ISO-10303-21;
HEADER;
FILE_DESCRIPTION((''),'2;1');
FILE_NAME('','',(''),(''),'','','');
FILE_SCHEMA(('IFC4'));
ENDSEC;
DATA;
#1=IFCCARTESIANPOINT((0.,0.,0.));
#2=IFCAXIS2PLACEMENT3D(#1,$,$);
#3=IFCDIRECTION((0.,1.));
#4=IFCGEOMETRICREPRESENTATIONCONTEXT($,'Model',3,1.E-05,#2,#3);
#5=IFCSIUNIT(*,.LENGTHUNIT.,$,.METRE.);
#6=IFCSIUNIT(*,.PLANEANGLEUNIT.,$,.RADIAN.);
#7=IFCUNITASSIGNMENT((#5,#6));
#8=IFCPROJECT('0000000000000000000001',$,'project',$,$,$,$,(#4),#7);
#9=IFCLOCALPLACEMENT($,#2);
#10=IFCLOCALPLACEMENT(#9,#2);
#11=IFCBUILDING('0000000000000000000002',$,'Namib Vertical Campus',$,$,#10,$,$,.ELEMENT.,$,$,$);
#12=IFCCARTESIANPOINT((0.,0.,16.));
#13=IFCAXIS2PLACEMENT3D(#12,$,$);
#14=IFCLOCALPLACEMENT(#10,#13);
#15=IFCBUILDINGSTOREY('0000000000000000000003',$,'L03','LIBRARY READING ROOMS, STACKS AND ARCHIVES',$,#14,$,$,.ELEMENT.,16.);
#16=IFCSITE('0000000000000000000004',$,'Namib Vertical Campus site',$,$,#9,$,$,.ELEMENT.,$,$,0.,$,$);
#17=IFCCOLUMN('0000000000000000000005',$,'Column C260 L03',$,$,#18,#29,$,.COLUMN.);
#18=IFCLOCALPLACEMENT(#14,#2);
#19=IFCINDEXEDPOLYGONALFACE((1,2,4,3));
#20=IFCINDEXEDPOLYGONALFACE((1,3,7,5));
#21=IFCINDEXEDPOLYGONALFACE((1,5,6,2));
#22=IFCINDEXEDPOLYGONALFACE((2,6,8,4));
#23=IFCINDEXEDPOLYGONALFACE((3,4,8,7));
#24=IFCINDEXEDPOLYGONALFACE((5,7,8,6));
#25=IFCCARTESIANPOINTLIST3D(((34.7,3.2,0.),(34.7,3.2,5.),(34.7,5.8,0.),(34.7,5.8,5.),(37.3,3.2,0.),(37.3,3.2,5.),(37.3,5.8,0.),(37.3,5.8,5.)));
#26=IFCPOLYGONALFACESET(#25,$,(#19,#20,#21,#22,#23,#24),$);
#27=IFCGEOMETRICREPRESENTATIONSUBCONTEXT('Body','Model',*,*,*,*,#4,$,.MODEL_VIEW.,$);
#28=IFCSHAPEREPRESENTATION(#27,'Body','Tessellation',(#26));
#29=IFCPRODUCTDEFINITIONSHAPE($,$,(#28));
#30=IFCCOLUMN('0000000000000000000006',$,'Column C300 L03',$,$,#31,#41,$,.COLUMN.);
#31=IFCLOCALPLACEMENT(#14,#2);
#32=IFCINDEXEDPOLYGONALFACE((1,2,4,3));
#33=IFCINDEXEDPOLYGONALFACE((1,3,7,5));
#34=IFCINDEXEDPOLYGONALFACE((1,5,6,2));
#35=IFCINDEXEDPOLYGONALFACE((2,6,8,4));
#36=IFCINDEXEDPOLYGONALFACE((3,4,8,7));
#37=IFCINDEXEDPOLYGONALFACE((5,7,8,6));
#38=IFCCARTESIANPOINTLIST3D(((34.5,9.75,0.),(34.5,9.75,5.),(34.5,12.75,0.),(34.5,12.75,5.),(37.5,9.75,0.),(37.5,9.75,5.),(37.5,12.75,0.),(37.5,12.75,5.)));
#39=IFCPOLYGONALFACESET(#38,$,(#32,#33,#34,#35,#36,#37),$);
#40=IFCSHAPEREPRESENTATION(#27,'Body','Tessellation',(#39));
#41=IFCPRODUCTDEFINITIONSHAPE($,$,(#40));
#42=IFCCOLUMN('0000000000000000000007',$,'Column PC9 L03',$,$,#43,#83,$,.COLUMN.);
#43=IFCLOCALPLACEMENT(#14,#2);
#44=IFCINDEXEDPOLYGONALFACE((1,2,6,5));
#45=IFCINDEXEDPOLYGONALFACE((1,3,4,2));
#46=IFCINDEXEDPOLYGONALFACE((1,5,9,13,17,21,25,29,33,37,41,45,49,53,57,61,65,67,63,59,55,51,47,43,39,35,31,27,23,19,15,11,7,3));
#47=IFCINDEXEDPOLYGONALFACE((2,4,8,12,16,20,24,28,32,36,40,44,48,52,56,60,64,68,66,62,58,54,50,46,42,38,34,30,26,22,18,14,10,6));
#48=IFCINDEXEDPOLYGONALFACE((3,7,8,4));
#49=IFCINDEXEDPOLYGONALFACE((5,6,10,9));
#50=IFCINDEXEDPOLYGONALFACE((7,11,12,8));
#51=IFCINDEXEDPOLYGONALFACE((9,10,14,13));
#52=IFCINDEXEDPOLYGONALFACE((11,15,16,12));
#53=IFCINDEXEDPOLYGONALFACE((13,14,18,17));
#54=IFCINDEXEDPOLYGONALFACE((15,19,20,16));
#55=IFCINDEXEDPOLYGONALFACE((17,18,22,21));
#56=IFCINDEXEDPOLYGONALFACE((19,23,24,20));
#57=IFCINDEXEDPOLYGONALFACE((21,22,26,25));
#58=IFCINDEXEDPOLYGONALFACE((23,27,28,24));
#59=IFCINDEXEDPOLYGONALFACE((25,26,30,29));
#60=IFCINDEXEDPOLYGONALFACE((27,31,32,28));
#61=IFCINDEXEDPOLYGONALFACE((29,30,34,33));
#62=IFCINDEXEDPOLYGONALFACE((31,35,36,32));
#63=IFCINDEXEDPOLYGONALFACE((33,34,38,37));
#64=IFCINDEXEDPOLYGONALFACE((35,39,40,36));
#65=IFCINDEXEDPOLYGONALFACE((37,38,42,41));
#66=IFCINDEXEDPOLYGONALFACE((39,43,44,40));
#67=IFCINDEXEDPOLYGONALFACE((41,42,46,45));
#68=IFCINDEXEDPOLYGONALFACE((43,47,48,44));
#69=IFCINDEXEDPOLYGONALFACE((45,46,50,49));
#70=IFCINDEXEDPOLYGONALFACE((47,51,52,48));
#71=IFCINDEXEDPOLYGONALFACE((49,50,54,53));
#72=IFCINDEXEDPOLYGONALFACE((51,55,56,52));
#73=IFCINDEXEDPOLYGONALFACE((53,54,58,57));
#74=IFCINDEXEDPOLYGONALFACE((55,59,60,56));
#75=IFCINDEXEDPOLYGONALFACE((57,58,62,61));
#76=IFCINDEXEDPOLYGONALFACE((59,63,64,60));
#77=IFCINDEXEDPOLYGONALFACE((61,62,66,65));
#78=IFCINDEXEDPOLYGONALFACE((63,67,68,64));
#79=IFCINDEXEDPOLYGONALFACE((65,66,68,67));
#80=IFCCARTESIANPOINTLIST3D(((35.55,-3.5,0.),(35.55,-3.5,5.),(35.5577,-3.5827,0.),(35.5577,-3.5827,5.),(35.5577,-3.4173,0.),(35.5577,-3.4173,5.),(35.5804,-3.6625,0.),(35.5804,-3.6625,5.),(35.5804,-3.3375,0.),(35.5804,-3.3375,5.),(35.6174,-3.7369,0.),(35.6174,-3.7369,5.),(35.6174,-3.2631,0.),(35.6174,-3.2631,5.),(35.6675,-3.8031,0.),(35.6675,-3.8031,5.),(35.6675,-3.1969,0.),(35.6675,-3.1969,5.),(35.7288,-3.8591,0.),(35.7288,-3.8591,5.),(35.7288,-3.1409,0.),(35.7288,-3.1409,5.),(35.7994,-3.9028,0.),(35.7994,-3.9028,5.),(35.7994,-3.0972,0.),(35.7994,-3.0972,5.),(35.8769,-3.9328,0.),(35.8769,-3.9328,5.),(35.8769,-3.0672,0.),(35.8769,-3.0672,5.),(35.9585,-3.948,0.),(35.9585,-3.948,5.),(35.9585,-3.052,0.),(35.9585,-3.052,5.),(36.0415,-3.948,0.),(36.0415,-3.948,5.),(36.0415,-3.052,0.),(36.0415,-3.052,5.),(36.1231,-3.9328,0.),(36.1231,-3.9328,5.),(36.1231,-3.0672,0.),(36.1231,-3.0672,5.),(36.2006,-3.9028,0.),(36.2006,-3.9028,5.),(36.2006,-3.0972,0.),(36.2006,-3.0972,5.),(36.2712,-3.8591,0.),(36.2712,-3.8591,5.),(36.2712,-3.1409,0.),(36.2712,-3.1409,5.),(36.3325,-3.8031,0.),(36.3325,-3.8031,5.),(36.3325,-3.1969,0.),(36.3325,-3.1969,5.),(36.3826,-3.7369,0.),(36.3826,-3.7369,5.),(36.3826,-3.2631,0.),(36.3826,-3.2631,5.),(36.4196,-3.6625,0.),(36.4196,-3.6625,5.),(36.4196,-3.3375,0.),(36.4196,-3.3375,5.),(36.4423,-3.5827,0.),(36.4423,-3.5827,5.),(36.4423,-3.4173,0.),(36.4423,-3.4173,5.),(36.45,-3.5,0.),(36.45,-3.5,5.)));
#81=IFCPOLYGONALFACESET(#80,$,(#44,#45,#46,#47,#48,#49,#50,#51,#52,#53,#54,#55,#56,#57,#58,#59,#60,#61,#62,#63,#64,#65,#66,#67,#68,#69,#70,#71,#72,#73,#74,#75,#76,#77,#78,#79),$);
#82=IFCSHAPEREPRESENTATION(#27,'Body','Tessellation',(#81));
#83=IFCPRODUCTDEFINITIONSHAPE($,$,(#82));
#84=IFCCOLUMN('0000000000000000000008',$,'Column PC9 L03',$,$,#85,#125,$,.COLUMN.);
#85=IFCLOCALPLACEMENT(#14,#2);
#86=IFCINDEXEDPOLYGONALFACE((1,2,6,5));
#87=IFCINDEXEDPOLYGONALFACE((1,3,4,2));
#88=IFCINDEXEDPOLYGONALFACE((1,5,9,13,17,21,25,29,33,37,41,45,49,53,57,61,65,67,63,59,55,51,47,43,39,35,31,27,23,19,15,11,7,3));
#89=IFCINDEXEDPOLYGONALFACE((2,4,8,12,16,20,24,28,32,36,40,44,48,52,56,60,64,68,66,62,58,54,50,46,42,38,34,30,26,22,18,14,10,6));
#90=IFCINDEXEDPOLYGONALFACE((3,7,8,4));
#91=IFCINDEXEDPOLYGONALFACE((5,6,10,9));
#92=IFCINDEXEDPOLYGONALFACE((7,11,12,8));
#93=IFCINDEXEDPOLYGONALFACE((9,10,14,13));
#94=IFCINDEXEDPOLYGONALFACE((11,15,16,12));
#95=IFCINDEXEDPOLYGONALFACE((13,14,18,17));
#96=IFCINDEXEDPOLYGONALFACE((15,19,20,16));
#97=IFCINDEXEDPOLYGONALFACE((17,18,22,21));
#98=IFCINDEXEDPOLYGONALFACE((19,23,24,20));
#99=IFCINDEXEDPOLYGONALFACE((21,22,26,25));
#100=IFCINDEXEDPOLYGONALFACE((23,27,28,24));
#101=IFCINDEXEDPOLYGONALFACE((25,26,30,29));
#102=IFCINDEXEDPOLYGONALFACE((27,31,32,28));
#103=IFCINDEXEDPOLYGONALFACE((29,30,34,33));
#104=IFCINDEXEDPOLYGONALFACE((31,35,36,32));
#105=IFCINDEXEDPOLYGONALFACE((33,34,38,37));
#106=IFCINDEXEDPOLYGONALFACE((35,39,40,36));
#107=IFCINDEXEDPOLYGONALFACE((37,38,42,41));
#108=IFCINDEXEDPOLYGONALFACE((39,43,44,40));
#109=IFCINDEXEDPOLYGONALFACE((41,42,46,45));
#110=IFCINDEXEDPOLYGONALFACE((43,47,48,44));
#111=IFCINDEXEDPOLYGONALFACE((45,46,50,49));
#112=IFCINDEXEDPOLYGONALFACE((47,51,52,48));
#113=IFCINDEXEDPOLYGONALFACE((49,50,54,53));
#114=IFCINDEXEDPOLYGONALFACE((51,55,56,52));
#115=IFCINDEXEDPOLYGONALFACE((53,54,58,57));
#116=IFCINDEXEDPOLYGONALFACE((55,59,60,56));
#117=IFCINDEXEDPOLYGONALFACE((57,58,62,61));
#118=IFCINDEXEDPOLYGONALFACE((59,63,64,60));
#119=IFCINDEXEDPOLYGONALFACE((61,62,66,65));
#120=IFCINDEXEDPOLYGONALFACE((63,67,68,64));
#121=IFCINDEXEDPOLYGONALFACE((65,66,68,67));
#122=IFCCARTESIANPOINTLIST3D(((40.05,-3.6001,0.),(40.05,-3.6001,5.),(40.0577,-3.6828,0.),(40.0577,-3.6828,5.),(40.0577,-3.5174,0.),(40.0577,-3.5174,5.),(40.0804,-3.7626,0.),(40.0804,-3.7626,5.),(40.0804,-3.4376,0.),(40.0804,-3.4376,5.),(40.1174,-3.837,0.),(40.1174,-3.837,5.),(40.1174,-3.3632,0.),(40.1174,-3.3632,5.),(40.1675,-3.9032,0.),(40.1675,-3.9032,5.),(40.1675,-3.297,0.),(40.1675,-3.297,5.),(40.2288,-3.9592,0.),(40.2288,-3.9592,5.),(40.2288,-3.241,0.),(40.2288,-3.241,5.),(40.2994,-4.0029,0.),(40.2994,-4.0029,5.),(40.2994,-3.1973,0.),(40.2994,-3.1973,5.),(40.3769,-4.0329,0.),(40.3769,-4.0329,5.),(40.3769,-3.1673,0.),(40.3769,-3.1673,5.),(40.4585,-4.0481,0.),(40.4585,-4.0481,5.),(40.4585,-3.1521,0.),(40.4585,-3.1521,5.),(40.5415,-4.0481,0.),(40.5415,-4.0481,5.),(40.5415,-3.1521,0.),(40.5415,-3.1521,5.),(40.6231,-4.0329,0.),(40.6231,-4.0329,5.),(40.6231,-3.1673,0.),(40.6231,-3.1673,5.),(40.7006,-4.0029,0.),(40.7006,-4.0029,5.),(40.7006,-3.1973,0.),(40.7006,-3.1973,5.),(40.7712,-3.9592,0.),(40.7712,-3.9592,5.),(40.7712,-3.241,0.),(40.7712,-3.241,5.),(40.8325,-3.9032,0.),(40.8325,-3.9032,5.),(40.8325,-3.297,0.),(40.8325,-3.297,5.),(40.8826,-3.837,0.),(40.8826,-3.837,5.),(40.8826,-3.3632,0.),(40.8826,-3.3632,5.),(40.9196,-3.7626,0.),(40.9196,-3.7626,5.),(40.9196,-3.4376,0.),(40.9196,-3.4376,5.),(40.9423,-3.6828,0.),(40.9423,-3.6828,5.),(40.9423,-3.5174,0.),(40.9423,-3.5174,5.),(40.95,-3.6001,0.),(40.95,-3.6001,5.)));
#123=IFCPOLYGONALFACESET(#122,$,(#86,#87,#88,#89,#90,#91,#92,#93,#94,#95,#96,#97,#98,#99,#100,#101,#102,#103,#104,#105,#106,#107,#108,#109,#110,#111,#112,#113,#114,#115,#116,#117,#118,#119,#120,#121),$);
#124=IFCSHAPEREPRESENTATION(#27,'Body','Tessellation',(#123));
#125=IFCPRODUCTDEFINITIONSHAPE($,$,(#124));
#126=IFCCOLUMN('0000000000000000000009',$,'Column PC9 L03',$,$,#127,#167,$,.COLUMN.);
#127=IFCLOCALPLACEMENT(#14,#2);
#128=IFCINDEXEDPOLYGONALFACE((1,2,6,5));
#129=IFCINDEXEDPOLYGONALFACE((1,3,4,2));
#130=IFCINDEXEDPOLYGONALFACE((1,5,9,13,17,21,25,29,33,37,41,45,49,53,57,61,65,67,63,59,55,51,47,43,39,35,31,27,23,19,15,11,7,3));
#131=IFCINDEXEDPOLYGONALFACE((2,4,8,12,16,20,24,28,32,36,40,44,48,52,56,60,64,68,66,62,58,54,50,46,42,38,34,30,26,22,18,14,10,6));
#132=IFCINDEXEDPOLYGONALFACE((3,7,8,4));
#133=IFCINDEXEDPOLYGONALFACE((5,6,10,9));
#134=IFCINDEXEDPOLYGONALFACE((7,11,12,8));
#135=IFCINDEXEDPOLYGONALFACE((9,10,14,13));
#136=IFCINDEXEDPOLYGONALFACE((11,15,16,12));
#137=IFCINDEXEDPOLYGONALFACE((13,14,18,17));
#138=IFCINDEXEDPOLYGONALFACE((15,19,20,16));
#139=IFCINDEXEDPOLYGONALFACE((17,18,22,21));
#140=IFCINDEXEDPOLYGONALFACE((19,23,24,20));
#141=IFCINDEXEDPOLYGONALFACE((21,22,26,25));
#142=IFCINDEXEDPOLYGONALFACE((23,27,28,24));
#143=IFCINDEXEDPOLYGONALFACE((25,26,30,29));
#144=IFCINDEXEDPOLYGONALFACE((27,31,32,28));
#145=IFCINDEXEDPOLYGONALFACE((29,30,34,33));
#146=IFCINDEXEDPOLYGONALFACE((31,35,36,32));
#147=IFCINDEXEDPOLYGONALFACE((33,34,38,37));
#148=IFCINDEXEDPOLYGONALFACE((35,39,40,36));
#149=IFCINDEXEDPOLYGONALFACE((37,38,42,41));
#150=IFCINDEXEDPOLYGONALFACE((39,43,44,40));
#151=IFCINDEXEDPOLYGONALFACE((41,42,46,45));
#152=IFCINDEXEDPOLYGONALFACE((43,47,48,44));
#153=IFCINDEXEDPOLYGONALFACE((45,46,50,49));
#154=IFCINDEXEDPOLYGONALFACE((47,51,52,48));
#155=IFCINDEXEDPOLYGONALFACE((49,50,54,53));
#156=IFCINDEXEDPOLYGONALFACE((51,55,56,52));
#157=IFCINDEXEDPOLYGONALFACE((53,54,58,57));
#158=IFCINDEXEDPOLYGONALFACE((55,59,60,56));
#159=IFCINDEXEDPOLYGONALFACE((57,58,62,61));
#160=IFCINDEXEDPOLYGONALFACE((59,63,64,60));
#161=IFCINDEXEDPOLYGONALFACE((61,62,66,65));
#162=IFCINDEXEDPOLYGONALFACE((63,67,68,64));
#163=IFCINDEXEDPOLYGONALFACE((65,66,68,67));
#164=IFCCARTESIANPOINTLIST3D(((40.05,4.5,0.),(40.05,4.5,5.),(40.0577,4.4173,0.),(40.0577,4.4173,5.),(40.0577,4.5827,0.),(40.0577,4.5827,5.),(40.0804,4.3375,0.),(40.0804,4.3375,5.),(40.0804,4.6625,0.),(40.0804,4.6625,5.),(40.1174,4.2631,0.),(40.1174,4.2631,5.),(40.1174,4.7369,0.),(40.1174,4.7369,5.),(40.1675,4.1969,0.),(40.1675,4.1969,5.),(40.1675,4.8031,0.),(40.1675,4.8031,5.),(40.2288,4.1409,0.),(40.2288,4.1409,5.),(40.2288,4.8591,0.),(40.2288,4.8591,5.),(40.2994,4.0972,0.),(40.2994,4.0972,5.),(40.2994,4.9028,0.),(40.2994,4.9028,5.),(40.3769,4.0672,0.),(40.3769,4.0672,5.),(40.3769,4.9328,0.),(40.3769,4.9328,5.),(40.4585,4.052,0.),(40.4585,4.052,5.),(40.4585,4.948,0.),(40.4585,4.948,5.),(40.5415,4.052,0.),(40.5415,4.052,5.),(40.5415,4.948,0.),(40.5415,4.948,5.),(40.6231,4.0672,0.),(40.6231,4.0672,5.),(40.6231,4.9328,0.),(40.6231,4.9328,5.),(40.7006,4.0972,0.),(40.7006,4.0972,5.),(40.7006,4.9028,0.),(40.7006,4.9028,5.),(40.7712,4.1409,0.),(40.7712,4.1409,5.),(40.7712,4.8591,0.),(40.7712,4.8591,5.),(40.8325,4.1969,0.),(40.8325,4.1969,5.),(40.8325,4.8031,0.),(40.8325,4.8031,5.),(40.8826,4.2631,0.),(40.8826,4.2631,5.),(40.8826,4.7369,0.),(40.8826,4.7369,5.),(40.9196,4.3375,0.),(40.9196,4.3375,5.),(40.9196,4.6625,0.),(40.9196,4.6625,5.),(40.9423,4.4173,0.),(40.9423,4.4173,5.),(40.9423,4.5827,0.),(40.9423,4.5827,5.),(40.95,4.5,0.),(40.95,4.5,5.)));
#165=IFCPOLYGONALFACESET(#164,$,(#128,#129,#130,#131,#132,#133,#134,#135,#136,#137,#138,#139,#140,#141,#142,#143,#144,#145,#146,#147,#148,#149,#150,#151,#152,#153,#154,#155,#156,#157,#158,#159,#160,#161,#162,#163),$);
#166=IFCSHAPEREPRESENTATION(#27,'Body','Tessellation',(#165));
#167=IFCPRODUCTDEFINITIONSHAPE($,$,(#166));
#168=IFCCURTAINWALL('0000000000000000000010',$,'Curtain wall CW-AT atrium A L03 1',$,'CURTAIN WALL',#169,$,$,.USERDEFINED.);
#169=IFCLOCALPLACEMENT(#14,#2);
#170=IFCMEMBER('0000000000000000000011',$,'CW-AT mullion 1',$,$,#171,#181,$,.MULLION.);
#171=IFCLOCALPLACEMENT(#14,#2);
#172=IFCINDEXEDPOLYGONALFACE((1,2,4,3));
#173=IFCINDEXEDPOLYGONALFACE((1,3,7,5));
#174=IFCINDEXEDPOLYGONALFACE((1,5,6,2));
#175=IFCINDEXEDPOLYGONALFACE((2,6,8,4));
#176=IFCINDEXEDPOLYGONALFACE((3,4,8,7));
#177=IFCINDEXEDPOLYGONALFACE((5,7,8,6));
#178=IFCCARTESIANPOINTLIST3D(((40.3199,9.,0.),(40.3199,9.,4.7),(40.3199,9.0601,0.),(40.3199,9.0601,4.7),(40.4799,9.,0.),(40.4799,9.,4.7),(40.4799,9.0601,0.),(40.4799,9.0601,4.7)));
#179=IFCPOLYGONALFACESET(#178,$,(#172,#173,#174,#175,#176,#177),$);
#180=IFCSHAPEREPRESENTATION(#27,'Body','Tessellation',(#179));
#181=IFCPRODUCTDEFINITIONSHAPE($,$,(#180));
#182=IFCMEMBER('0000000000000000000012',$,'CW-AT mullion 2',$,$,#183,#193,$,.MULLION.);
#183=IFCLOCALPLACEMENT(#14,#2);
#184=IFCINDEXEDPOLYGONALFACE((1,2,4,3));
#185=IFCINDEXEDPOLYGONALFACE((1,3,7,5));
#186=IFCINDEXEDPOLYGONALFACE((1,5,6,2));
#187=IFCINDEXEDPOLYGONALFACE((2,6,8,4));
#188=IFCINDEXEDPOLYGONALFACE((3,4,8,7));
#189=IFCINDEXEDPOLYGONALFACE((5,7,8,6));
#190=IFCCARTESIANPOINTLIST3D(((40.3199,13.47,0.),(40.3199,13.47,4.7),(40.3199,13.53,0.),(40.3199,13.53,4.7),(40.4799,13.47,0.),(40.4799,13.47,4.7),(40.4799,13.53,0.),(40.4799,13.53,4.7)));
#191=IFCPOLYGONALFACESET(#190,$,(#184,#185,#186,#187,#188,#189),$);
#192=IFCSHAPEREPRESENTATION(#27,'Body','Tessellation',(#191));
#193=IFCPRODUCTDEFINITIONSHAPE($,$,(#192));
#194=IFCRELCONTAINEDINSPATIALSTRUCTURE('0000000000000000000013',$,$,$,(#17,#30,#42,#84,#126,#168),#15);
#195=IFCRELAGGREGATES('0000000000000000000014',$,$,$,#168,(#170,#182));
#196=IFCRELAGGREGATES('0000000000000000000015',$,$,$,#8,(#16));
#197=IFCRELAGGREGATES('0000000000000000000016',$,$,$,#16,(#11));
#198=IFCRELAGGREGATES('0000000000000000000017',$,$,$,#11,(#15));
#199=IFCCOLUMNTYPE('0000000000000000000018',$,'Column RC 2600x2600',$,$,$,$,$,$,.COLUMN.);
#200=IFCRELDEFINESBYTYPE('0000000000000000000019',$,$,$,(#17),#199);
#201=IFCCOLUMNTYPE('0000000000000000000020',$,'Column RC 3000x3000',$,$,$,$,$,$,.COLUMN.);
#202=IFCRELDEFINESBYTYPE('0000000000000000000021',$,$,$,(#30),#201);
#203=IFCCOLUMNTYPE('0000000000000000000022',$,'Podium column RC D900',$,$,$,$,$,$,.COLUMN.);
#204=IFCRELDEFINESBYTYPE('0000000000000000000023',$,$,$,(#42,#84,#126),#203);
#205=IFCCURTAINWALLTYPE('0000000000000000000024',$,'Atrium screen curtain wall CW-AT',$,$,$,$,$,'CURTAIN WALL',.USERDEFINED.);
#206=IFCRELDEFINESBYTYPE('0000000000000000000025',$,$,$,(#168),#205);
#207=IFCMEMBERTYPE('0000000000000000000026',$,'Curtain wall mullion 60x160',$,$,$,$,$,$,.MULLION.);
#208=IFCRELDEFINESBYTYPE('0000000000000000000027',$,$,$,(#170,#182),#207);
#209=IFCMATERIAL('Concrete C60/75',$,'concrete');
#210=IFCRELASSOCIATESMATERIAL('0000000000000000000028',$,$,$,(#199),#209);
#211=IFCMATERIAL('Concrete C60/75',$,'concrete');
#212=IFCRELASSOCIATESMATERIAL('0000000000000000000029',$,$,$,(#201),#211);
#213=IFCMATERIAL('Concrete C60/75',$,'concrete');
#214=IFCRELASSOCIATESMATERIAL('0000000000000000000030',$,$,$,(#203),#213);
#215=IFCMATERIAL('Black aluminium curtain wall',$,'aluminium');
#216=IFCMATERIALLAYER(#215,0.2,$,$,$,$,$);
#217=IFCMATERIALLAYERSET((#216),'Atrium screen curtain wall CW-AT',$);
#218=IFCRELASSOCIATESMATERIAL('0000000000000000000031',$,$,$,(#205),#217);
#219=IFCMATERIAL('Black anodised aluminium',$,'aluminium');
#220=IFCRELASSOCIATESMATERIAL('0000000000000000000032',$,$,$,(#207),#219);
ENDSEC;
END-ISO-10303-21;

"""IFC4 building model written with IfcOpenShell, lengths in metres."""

from ifc_helpers import new_model, si_unit, direction, frame, origin, origin_2d, place, context, subcontext, project, spatial, rectangle, circle, extrude, material, layer, layer_set, material_profile, profile_set, type_object, element, aggregate, save


model = new_model("IFC4")

# Units and contexts
model_context = context("Model", 3, precision=1e-05, world=origin(), true_north=direction((0.0, 1.0)))
body_context = subcontext(model_context, "Body", "Model", "MODEL_VIEW")
ifc_project = project(units=[si_unit("LENGTHUNIT", "METRE"), si_unit("PLANEANGLEUNIT", "RADIAN")], contexts=[model_context])

# Site, building, storey
site_placement = place(None, origin())
site = spatial("IfcSite", under=ifc_project, at=site_placement, Name="Namib Vertical Campus site", CompositionType="ELEMENT", RefElevation=0.0)
building_placement = place(site_placement, origin())
building = spatial("IfcBuilding", under=site, at=building_placement, Name="Namib Vertical Campus", CompositionType="ELEMENT")
storey_placement = place(building_placement, frame((0.0, 0.0, 16.0)))
storey = spatial("IfcBuildingStorey", under=building, at=storey_placement, Name="L03", Description="LIBRARY READING ROOMS, STACKS AND ARCHIVES", CompositionType="ELEMENT", Elevation=16.0)

# Columns
ifc_material_1 = material(Name="Concrete C60/75", Category="concrete")
ifc_material_profile_1 = material_profile(ifc_material_1, rectangle(XDim=2.6001, YDim=2.6001, at=origin_2d()))
ifc_profile_set_1 = profile_set([ifc_material_profile_1], Name="Concrete C60/75")
column_type_1 = type_object("IfcColumnType", Name="Column RC 2600x2600", PredefinedType="COLUMN", material=ifc_profile_set_1)
column_1_placement = place(storey_placement, frame((36.0, 4.5, 0.0), z_axis=(0.0, 0.0, 1.0), x_axis=(1.0, 0.0, 0.0)))
element("IfcColumn", 1, at=column_1_placement, inside=storey, type_object=column_type_1, Name="Column C260 L03", PredefinedType="COLUMN", context=body_context, shape_type="SweptSolid", body=[
    extrude(rectangle(XDim=2.6001, YDim=2.6001, at=origin_2d()), origin(), (0.0, 0.0, 1.0), 5.0),
])
ifc_material_2 = material(Name="Concrete C60/75", Category="concrete")
ifc_material_profile_2 = material_profile(ifc_material_2, rectangle(XDim=3.0, YDim=3.0, at=origin_2d()))
ifc_profile_set_2 = profile_set([ifc_material_profile_2], Name="Concrete C60/75")
column_type_2 = type_object("IfcColumnType", Name="Column RC 3000x3000", PredefinedType="COLUMN", material=ifc_profile_set_2)
column_2_placement = place(storey_placement, frame((36.0, 11.25, 0.0), z_axis=(0.0, 0.0, 1.0), x_axis=(1.0, 0.0, 0.0)))
element("IfcColumn", 2, at=column_2_placement, inside=storey, type_object=column_type_2, Name="Column C300 L03", PredefinedType="COLUMN", context=body_context, shape_type="SweptSolid", body=[
    extrude(rectangle(XDim=3.0, YDim=3.0, at=origin_2d()), origin(), (0.0, 0.0, 1.0), 5.0),
])
ifc_material_3 = material(Name="Concrete C60/75", Category="concrete")
ifc_material_profile_3 = material_profile(ifc_material_3, circle(Radius=0.45, at=origin_2d()))
ifc_profile_set_3 = profile_set([ifc_material_profile_3], Name="Concrete C60/75")
column_type_3 = type_object("IfcColumnType", Name="Podium column RC D900", PredefinedType="COLUMN", material=ifc_profile_set_3)
for number, where, z_axis, x_axis, name in (
    (3, (36.0, -3.5, 0.0), (0.0, 0.0, 1.0), (1.0, 0.0, 0.0), "Column PC9 L03"),
    (4, (40.5, -3.6001, 0.0), (0.0, 0.0, 1.0), (1.0, 0.0, 0.0), "Column PC9 L03"),
    (5, (40.5, 4.5, 0.0), (0.0, 0.0, 1.0), (1.0, 0.0, 0.0), "Column PC9 L03"),
):
    element("IfcColumn", number, at=place(storey_placement, frame(where, z_axis=z_axis, x_axis=x_axis)), inside=storey, type_object=column_type_3, Name=name, PredefinedType="COLUMN", context=body_context, shape_type="SweptSolid", body=[
        extrude(circle(Radius=0.45, at=origin_2d()), origin(), (0.0, 0.0, 1.0), 5.0),
    ])

# Curtain wall, members
ifc_material_4 = material(Name="Black aluminium curtain wall", Category="aluminium")
ifc_layer_1 = layer(ifc_material_4, 0.2)
ifc_layer_set_1 = layer_set([ifc_layer_1], Name="Atrium screen curtain wall CW-AT")
curtain_wall_type = type_object("IfcCurtainWallType", Name="Atrium screen curtain wall CW-AT", ElementType="CURTAIN WALL", PredefinedType="USERDEFINED", material=ifc_layer_set_1)
curtain_wall_placement = place(storey_placement, origin())
curtain_wall = element("IfcCurtainWall", 6, at=curtain_wall_placement, inside=storey, type_object=curtain_wall_type, Name="Curtain wall CW-AT atrium A L03 1", ObjectType="CURTAIN WALL", PredefinedType="USERDEFINED")
ifc_material_5 = material(Name="Black anodised aluminium", Category="aluminium")
ifc_material_profile_4 = material_profile(ifc_material_5, rectangle(XDim=0.0601, YDim=0.1599, at=origin_2d()))
ifc_profile_set_4 = profile_set([ifc_material_profile_4], Name="Black anodised aluminium")
member_type_1 = type_object("IfcMemberType", Name="Curtain wall mullion 60x160", PredefinedType="MULLION", material=ifc_profile_set_4)
member_1_placement = place(storey_placement, frame((40.3999, 9.03, 0.0), z_axis=(0.0, 0.0, 1.0), x_axis=(0.0, 1.0, 0.0)))
member_1 = element("IfcMember", 7, at=member_1_placement, type_object=member_type_1, Name="CW-AT mullion 1", PredefinedType="MULLION", context=body_context, shape_type="SweptSolid", body=[
    extrude(rectangle(XDim=0.0601, YDim=0.1599, at=origin_2d()), origin(), (0.0, 0.0, 1.0), 4.7),
])
member_2_placement = place(storey_placement, frame((40.3999, 13.5, 0.0), z_axis=(0.0, 0.0, 1.0), x_axis=(0.0, 1.0, 0.0)))
member_2 = element("IfcMember", 8, at=member_2_placement, type_object=member_type_1, Name="CW-AT mullion 2", PredefinedType="MULLION", context=body_context, shape_type="SweptSolid", body=[
    extrude(rectangle(XDim=0.0601, YDim=0.1599, at=origin_2d()), origin(), (0.0, 0.0, 1.0), 4.7),
])

aggregate(curtain_wall, [member_1, member_2])

save(model, "model.ifc")
